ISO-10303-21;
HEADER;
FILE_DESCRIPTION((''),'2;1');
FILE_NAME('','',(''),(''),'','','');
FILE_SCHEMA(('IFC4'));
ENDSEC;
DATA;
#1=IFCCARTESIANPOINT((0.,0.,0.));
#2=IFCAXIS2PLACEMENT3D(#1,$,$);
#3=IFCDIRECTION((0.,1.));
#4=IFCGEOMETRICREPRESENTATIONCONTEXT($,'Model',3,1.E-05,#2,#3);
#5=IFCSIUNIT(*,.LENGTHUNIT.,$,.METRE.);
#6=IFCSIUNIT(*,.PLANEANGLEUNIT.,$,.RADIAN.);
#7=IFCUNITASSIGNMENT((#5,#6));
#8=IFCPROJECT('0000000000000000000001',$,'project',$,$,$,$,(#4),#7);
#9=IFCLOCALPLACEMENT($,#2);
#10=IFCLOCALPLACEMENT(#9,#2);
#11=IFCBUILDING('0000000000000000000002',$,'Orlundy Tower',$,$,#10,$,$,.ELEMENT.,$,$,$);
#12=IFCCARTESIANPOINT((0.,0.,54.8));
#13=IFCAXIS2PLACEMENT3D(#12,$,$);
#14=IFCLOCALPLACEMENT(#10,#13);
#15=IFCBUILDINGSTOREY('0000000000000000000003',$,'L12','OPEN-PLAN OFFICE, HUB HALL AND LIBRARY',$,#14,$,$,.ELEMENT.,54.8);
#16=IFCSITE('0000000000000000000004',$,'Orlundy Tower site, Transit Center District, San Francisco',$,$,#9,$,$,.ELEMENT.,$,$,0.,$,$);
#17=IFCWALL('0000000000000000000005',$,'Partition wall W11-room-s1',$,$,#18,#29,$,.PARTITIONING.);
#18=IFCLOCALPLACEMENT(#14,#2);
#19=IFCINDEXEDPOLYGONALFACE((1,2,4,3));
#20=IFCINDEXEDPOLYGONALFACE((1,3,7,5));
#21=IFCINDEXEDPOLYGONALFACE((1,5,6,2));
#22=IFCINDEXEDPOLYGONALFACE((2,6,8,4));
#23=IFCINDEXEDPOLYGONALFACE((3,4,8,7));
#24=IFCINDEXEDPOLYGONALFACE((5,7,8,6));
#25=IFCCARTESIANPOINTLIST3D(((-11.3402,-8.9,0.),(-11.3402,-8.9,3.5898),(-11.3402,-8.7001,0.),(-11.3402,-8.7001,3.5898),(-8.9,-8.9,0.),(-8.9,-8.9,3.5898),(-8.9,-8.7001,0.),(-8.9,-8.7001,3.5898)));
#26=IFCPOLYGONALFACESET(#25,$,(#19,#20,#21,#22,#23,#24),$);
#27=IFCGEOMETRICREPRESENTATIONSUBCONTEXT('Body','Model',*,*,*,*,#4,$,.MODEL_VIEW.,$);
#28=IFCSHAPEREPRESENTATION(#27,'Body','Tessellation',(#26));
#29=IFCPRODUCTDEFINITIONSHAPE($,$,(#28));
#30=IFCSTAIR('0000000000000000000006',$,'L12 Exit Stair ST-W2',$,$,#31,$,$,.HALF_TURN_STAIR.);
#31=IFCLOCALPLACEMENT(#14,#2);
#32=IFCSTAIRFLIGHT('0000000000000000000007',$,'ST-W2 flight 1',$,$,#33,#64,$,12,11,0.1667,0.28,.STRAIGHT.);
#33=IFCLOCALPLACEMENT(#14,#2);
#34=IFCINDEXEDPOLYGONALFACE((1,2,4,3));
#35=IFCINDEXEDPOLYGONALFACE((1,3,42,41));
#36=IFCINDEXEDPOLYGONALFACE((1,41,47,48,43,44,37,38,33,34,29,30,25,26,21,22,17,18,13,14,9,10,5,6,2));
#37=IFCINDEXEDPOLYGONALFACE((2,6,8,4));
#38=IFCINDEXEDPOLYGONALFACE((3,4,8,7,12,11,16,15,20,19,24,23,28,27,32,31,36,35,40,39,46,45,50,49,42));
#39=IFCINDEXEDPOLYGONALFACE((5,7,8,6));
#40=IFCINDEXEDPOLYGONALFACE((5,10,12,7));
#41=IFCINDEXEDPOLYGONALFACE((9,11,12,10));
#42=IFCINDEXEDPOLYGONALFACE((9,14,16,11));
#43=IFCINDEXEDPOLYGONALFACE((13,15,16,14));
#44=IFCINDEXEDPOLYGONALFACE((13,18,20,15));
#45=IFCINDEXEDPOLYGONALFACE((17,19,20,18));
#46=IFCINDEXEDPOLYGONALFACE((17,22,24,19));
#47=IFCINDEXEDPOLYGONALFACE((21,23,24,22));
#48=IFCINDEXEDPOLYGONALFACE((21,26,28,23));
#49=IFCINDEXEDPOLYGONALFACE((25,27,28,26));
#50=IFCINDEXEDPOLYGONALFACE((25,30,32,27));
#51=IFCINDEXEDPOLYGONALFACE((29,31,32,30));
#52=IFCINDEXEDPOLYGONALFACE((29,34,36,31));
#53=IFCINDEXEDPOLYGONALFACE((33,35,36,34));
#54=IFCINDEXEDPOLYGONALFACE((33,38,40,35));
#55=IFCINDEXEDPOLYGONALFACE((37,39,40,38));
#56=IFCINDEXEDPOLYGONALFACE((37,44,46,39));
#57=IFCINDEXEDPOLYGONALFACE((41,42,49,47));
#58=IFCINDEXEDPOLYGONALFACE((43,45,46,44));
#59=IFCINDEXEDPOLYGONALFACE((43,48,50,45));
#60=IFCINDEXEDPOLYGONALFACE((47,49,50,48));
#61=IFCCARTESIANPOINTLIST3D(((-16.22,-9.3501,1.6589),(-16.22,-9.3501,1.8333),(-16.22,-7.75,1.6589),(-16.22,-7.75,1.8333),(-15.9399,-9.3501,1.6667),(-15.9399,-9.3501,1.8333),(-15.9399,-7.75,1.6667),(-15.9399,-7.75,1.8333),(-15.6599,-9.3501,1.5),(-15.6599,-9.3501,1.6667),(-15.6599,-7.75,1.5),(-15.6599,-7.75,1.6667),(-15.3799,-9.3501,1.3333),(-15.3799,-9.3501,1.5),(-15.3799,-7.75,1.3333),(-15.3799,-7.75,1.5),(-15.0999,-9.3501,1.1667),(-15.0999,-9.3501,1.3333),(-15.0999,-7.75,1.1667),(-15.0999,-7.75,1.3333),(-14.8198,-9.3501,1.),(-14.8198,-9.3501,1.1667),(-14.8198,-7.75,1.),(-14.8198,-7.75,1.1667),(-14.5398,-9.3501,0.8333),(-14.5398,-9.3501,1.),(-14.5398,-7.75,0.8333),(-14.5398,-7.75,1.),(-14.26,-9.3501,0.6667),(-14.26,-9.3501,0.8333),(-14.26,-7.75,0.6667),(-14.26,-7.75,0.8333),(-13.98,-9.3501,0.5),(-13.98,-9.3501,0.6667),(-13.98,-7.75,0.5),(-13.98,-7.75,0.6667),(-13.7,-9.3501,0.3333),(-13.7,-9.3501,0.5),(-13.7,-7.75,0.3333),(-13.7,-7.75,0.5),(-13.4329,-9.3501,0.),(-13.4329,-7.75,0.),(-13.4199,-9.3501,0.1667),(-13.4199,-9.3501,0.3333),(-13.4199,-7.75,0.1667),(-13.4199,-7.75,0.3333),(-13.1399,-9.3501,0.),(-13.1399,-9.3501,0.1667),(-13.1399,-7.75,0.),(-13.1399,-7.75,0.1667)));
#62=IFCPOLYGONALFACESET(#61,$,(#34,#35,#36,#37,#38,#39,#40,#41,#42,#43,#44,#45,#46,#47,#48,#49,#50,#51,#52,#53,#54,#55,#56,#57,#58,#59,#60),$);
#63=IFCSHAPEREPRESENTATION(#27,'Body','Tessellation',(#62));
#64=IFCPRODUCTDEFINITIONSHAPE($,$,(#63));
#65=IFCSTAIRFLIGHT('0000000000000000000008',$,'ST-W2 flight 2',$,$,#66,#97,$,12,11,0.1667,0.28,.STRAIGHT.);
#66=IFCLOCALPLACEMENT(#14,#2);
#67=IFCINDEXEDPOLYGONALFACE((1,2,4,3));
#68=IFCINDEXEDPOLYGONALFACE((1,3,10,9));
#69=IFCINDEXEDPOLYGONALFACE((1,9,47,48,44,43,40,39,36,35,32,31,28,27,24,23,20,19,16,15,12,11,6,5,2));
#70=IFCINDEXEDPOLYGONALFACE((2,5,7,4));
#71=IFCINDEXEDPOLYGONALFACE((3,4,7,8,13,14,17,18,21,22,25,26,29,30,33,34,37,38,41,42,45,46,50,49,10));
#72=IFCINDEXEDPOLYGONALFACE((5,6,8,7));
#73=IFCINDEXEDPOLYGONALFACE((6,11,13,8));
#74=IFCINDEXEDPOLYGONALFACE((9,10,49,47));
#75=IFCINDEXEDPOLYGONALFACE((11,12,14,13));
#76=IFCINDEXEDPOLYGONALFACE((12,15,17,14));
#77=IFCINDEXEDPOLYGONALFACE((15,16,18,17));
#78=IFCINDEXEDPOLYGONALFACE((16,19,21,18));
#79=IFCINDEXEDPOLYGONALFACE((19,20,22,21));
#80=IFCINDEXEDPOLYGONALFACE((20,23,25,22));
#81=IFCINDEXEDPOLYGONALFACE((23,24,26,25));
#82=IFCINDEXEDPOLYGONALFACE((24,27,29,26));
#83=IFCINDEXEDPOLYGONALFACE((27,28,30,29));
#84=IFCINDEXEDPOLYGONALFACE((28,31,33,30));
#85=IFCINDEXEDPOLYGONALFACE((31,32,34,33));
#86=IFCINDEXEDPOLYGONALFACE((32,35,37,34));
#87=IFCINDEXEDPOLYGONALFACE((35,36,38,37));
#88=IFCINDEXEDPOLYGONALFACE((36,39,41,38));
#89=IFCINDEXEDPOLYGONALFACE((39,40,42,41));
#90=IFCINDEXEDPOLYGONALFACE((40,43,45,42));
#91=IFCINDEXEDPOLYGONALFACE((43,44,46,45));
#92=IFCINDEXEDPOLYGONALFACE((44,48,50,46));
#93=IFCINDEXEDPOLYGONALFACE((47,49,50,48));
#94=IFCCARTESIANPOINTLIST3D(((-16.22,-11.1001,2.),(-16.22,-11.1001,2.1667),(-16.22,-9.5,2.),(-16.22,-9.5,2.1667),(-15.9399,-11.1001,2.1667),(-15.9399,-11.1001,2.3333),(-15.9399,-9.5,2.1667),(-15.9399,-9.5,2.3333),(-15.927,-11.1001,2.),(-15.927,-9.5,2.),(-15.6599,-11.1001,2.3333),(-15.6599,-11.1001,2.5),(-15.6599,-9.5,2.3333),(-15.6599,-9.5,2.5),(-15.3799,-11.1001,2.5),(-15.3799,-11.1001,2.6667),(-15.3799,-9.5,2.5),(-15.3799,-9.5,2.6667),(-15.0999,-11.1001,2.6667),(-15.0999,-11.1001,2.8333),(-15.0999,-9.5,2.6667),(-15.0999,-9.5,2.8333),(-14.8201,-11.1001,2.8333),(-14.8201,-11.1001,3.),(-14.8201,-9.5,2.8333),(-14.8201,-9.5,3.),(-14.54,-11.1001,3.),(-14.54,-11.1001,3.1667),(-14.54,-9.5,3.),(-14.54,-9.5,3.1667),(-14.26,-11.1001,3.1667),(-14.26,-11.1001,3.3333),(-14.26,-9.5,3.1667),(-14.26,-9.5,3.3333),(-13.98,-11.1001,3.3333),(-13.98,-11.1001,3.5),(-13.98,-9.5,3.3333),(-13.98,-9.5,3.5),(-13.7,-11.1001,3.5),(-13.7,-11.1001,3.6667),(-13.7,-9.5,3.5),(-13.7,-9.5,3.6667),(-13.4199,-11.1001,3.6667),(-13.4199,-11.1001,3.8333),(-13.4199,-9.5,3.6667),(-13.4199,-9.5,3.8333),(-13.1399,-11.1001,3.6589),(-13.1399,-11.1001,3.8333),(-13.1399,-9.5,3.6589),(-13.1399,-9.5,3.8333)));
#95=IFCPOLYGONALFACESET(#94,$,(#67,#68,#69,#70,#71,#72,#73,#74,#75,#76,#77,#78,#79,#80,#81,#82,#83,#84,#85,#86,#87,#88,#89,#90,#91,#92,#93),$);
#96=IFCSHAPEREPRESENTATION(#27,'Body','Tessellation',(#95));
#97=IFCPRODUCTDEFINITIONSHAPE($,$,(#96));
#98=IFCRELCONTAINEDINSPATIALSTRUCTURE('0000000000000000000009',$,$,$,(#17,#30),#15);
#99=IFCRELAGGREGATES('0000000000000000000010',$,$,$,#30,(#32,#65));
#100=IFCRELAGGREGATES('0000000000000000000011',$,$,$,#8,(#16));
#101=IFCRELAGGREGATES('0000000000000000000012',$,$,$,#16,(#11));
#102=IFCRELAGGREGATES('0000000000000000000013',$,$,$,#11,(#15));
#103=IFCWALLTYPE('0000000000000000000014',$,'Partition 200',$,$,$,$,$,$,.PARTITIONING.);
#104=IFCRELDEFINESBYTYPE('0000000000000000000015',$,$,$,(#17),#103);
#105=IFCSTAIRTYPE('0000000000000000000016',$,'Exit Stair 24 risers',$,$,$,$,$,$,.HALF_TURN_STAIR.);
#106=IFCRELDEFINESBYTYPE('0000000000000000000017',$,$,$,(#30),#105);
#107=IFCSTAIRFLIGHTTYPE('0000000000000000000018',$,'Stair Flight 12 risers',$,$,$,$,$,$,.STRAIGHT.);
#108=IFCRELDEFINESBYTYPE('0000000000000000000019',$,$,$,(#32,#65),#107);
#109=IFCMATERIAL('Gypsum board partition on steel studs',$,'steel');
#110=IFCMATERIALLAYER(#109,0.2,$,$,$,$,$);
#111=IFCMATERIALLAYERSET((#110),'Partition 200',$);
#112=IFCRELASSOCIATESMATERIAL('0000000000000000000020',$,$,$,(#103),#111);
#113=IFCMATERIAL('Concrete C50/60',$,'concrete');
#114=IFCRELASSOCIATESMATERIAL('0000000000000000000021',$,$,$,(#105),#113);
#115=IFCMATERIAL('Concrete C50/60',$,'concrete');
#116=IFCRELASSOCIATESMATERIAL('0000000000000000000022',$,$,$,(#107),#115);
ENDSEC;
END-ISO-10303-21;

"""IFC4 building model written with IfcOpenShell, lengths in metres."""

from ifc_helpers import new_model, si_unit, direction, frame, frame_2d, origin, place, context, subcontext, project, spatial, polyline, rectangle, outline, extrude, material, layer, layer_set, type_object, element, aggregate, save


model = new_model("IFC4")

# Units and contexts
model_context = context("Model", 3, precision=1e-05, world=origin(), true_north=direction((0.0, 1.0)))
body_context = subcontext(model_context, "Body", "Model", "MODEL_VIEW")
ifc_project = project(units=[si_unit("LENGTHUNIT", "METRE"), si_unit("PLANEANGLEUNIT", "RADIAN")], contexts=[model_context])

# Site, building, storey
site_placement = place(None, origin())
site = spatial("IfcSite", under=ifc_project, at=site_placement, Name="Orlundy Tower site, Transit Center District, San Francisco", CompositionType="ELEMENT", RefElevation=0.0)
building_placement = place(site_placement, origin())
building = spatial("IfcBuilding", under=site, at=building_placement, Name="Orlundy Tower", CompositionType="ELEMENT")
storey_placement = place(building_placement, frame((0.0, 0.0, 54.8)))
storey = spatial("IfcBuildingStorey", under=building, at=storey_placement, Name="L12", Description="OPEN-PLAN OFFICE, HUB HALL AND LIBRARY", CompositionType="ELEMENT", Elevation=54.8)

# Wall
ifc_material_1 = material(Name="Gypsum board partition on steel studs", Category="steel")
ifc_layer_1 = layer(ifc_material_1, 0.2)
ifc_layer_set_1 = layer_set([ifc_layer_1], Name="Partition 200")
wall_type_1 = type_object("IfcWallType", Name="Partition 200", PredefinedType="PARTITIONING", material=ifc_layer_set_1)
for number, where, z_axis, x_axis, name in (
    (1, (-8.8999, -8.8, 0.0), (0.0, 0.0, 1.0), (-1.0, 0.0, 0.0), "Partition wall W11-room-s1"),
):
    element("IfcWall", number, at=place(storey_placement, frame(where, z_axis=z_axis, x_axis=x_axis)), inside=storey, type_object=wall_type_1, Name=name, PredefinedType="PARTITIONING", context=body_context, shape_type="SweptSolid", body=[
        extrude(rectangle(XDim=2.4402, YDim=0.2, at=frame_2d((1.2202, 0.0))), origin(), (0.0, 0.0, 1.0), 3.5898),
    ])

# Stair, stair flights
ifc_material_2 = material(Name="Concrete C50/60", Category="concrete")
stair_type = type_object("IfcStairType", Name="Exit Stair 24 risers", PredefinedType="HALF_TURN_STAIR", material=ifc_material_2)
stair_placement = place(storey_placement, origin())
stair = element("IfcStair", 2, at=stair_placement, inside=storey, type_object=stair_type, Name="L12 Exit Stair ST-W2", PredefinedType="HALF_TURN_STAIR")
ifc_material_3 = material(Name="Concrete C50/60", Category="concrete")
stair_flight_type = type_object("IfcStairFlightType", Name="Stair Flight 12 risers", PredefinedType="STRAIGHT", material=ifc_material_3)
stair_flight_1_placement = place(storey_placement, frame((-13.1399, -8.55, 0.0), z_axis=(0.0, 0.0, 1.0), x_axis=(-1.0, 0.0, 0.0)))
stair_flight_1 = element("IfcStairFlight", 3, at=stair_flight_1_placement, type_object=stair_flight_type, Name="ST-W2 flight 1", NumberOfRisers=12, NumberOfTreads=11, PredefinedType="STRAIGHT", RiserHeight=0.1667, TreadLength=0.28, context=body_context, shape_type="SweptSolid", body=[
    extrude(outline(polyline([(0.0, 0.0), (0.0, 0.1667), (0.28, 0.1667), (0.28, 0.3333), (0.5601, 0.3333), (0.5601, 0.5), (0.8401, 0.5), (0.8401, 0.6667), (1.1201, 0.6667), (1.1201, 0.8333), (1.3999, 0.8333), (1.3999, 1.0), (1.6799, 1.0), (1.6799, 1.1667), (1.96, 1.1667), (1.96, 1.3333), (2.24, 1.3333), (2.24, 1.5), (2.52, 1.5), (2.52, 1.6667), (2.8, 1.6667), (2.8, 1.8333), (3.0801, 1.8333), (3.0801, 2.0), (3.0801, 1.6589), (0.293, 0.0), (0.0, 0.0)])), frame((0.0, 0.8, 0.0), z_axis=(0.0, -1.0, 0.0), x_axis=(1.0, 0.0, 0.0)), (0.0, 0.0, 1.0), 1.6001),
])
stair_flight_2_placement = place(storey_placement, frame((-16.22, -10.3, 2.0), z_axis=(0.0, 0.0, 1.0), x_axis=(1.0, 0.0, 0.0)))
stair_flight_2 = element("IfcStairFlight", 4, at=stair_flight_2_placement, type_object=stair_flight_type, Name="ST-W2 flight 2", NumberOfRisers=12, NumberOfTreads=11, PredefinedType="STRAIGHT", RiserHeight=0.1667, TreadLength=0.28, context=body_context, shape_type="SweptSolid", body=[
    extrude(outline(polyline([(0.0, 0.0), (0.0, 0.1667), (0.28, 0.1667), (0.28, 0.3333), (0.5601, 0.3333), (0.5601, 0.5), (0.8401, 0.5), (0.8401, 0.6667), (1.1201, 0.6667), (1.1201, 0.8333), (1.3999, 0.8333), (1.3999, 1.0), (1.6799, 1.0), (1.6799, 1.1667), (1.96, 1.1667), (1.96, 1.3333), (2.24, 1.3333), (2.24, 1.5), (2.52, 1.5), (2.52, 1.6667), (2.8, 1.6667), (2.8, 1.8333), (3.0801, 1.8333), (3.0801, 2.0), (3.0801, 1.6589), (0.293, 0.0), (0.0, 0.0)])), frame((0.0, 0.8, 0.0), z_axis=(0.0, -1.0, 0.0), x_axis=(1.0, 0.0, 0.0)), (0.0, 0.0, 1.0), 1.6001),
])
aggregate(stair, [stair_flight_1, stair_flight_2])

save(model, "model.ifc")
